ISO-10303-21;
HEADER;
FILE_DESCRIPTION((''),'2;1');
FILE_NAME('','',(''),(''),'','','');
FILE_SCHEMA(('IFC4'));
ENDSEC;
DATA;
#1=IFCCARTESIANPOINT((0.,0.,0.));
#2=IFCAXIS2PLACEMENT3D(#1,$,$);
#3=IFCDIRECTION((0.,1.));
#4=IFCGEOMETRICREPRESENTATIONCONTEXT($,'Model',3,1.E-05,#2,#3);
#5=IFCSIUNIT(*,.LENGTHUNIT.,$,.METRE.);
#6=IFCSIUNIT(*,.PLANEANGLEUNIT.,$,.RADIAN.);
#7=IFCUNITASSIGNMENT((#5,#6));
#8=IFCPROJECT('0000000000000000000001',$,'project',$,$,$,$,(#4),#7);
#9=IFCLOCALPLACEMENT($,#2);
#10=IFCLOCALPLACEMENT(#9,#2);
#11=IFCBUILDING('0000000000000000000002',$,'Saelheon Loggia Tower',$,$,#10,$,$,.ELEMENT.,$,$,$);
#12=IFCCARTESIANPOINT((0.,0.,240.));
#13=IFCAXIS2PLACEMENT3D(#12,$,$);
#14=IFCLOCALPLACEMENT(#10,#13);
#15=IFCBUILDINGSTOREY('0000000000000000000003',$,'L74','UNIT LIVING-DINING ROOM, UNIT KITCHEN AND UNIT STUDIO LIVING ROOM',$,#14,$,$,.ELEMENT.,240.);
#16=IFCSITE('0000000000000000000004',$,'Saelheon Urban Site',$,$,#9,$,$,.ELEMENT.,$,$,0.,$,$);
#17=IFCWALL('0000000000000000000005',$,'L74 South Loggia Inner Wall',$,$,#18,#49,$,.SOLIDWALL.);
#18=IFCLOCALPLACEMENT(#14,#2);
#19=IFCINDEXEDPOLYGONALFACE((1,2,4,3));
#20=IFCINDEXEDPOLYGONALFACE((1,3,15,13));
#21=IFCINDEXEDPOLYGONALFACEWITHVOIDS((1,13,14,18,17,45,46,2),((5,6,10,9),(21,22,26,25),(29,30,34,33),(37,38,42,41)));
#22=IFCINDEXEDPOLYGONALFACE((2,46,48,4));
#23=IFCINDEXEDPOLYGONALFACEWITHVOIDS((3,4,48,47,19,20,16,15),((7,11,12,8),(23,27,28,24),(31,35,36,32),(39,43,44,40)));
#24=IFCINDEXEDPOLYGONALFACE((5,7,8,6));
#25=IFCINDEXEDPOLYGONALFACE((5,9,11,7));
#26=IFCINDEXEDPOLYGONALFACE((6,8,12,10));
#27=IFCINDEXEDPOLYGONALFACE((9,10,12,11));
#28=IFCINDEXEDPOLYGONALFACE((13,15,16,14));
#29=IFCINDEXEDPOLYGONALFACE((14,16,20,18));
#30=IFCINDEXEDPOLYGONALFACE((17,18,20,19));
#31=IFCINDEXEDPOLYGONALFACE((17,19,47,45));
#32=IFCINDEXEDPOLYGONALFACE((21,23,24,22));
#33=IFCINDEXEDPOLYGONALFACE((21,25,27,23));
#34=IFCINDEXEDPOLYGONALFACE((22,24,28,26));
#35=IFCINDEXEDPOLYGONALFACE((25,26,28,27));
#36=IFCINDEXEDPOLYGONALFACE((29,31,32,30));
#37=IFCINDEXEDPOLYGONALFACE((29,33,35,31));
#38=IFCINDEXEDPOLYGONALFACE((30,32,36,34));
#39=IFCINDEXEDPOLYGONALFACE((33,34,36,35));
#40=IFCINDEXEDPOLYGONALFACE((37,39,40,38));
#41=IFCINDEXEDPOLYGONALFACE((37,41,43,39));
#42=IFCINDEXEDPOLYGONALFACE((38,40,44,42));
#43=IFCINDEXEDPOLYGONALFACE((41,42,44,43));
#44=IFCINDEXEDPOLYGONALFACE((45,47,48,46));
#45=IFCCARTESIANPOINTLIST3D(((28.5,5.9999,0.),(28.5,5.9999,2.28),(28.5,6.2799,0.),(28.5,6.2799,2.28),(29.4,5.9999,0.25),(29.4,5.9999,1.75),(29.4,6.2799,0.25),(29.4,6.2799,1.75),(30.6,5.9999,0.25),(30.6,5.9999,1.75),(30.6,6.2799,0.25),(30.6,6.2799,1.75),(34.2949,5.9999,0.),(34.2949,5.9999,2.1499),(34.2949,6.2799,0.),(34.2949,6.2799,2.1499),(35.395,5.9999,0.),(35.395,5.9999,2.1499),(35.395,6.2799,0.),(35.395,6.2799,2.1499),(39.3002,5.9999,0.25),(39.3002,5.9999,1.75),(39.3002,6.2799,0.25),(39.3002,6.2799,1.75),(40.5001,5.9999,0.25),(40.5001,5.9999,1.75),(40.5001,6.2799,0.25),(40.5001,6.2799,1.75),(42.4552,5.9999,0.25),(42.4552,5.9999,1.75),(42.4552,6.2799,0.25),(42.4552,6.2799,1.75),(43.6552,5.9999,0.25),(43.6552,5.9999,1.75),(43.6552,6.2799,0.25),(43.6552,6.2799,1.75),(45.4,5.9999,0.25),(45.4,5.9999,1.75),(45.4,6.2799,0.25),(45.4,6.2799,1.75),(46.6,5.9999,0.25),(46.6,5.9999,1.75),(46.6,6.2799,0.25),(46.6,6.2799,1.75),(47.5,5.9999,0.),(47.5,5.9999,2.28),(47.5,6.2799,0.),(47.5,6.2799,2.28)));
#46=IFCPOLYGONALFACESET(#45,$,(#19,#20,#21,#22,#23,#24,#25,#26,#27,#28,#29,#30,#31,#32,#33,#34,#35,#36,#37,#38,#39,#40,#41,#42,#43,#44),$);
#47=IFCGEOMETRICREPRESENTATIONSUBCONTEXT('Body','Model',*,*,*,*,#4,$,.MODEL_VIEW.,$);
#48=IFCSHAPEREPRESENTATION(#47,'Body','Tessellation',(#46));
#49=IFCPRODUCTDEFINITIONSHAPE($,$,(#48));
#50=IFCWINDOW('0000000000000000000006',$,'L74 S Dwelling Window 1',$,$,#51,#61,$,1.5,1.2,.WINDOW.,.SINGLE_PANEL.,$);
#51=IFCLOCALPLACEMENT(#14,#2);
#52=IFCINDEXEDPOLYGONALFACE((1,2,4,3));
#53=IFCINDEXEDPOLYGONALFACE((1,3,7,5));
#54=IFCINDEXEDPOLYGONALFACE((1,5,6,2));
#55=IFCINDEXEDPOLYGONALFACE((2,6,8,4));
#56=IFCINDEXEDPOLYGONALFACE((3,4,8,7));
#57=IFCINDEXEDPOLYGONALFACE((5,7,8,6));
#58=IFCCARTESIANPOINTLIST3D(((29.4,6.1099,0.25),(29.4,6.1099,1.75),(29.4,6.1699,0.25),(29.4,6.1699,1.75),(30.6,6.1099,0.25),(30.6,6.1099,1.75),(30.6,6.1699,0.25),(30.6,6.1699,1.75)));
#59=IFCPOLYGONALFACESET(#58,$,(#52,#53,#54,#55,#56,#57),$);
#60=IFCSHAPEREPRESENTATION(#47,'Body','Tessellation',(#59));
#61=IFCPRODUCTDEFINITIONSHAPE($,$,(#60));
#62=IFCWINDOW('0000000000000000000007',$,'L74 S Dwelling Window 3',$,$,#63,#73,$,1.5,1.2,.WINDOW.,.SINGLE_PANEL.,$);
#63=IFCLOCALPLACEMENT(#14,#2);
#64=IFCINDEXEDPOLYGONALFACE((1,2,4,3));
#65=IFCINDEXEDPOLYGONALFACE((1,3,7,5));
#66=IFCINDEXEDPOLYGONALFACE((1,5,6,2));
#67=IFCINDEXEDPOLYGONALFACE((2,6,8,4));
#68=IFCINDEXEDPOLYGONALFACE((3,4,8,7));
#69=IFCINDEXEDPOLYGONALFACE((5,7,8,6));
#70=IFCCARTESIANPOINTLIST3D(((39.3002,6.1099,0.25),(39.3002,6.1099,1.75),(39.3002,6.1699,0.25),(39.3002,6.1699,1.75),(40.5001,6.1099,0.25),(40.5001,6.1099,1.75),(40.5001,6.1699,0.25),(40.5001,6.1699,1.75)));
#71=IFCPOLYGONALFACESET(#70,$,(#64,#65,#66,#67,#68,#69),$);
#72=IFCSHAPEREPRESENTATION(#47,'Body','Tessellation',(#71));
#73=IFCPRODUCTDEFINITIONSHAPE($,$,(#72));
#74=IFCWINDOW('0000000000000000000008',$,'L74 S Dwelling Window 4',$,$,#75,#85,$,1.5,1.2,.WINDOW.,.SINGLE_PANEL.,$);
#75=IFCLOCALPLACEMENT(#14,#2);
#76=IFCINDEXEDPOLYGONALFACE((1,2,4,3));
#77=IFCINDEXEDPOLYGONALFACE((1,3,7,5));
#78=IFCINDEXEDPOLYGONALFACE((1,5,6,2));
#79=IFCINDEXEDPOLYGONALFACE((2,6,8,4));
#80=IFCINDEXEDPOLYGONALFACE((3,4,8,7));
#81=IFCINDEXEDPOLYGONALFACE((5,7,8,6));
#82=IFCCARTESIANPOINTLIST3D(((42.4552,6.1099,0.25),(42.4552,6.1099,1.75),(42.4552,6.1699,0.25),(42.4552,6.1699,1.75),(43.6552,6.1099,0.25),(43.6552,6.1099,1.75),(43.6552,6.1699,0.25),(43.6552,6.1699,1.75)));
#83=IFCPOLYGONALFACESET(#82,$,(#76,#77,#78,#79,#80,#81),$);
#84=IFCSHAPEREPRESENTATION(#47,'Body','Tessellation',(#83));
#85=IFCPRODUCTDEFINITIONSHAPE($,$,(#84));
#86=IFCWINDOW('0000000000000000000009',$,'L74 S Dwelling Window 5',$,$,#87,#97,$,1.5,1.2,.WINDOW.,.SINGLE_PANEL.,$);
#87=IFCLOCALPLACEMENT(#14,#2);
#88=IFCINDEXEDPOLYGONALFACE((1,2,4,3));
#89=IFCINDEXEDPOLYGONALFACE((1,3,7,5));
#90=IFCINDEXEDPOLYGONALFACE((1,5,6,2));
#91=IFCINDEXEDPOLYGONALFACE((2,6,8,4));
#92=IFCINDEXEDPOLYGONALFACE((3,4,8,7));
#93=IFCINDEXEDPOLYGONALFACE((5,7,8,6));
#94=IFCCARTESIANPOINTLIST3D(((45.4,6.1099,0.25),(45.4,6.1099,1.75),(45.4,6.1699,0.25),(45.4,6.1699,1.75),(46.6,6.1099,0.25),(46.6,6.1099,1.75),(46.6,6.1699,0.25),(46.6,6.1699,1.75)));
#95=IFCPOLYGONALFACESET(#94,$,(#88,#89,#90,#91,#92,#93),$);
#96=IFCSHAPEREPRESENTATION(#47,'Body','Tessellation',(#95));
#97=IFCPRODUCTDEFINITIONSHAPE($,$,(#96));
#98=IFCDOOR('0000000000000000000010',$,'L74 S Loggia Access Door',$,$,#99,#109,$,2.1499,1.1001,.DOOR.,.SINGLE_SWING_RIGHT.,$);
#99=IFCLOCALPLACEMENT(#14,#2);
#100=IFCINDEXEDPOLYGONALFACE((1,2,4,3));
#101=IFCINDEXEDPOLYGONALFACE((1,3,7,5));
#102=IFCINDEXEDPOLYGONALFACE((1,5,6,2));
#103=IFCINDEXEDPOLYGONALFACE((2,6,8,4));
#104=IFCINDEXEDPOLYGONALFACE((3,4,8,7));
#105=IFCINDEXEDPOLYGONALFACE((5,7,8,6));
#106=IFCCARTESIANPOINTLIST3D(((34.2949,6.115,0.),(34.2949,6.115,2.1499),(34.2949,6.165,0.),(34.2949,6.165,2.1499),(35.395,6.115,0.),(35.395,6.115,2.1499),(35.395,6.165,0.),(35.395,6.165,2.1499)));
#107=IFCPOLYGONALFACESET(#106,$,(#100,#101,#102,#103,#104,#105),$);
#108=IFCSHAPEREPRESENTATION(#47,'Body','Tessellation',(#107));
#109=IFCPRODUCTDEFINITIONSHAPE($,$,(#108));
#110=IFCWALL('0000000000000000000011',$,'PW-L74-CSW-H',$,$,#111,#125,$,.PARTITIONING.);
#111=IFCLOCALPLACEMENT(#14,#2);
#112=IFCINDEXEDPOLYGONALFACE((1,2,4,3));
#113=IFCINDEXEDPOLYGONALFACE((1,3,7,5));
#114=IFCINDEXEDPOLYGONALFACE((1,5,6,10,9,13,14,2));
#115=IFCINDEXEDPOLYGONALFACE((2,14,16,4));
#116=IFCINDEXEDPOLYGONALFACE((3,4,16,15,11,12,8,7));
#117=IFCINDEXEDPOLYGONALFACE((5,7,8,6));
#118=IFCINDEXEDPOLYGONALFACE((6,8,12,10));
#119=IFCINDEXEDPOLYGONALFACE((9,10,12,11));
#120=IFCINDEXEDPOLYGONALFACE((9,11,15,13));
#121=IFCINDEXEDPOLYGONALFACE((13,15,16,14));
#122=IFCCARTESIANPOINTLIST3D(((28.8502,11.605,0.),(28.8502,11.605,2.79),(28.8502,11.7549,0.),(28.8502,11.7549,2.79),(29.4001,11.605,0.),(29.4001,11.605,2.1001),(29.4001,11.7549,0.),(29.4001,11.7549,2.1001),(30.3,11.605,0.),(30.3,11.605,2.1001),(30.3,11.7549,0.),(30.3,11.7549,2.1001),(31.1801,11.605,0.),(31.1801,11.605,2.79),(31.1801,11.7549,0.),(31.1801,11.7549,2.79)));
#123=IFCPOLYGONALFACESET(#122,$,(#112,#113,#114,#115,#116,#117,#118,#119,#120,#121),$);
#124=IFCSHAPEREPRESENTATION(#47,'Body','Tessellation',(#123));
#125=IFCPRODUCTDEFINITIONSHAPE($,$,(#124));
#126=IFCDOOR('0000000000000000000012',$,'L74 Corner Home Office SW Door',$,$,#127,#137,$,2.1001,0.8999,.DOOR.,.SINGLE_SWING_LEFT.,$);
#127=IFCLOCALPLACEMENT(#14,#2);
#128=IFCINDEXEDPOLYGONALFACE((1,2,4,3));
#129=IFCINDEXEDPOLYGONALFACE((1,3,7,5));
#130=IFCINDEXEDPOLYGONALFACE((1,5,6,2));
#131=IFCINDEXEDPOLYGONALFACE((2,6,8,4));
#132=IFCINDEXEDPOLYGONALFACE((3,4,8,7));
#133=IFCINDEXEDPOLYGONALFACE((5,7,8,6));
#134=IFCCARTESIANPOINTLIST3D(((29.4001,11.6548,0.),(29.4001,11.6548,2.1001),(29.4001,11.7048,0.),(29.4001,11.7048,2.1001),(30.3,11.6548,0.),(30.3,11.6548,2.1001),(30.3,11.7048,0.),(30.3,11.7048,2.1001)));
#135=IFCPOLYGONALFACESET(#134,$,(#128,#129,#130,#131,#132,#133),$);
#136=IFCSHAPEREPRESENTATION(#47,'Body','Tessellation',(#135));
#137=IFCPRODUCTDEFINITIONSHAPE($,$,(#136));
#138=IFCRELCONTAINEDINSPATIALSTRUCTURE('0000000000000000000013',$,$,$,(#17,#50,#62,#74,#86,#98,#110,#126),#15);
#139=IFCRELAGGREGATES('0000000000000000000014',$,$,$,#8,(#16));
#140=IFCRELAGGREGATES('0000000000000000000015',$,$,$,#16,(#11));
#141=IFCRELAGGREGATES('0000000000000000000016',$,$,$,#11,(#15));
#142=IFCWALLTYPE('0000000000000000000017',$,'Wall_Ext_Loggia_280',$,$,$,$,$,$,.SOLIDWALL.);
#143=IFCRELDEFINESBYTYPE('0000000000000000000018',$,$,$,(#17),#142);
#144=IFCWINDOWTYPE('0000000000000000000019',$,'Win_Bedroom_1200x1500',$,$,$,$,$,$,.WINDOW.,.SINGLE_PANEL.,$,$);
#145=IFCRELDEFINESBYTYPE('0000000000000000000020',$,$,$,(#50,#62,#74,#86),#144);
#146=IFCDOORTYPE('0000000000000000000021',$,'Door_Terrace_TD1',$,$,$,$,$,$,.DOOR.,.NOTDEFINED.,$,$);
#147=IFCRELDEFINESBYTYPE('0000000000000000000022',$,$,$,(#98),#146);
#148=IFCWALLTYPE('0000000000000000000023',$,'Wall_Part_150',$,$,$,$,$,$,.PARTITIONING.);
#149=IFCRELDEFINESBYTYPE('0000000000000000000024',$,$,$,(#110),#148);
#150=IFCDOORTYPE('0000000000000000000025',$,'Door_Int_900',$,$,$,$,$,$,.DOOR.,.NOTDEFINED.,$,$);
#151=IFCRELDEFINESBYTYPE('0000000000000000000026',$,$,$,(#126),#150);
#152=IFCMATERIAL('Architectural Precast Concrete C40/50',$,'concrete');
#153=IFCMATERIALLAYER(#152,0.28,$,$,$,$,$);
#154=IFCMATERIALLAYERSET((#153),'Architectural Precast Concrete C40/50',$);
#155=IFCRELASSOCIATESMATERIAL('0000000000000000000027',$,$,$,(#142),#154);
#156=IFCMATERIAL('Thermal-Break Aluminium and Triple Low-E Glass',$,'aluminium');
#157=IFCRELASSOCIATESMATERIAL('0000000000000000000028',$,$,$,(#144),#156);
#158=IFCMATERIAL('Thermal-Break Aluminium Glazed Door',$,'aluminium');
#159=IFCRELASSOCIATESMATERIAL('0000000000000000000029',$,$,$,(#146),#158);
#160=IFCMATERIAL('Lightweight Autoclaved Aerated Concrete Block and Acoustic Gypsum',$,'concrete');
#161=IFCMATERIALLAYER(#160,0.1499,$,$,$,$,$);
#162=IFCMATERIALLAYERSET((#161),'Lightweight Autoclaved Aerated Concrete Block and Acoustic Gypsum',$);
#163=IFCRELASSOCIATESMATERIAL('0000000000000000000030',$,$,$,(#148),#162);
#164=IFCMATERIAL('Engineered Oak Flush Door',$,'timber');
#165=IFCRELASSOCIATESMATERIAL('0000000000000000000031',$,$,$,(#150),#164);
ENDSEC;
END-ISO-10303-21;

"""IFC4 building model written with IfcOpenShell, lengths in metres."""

from ifc_helpers import new_model, si_unit, direction, frame, frame_2d, origin, place, context, subcontext, project, spatial, rectangle, extrude, source, transform, mapped, material, layer, layer_set, type_object, element, fill, save


model = new_model("IFC4")

# Units and contexts
model_context = context("Model", 3, precision=1e-05, world=origin(), true_north=direction((0.0, 1.0)))
body_context = subcontext(model_context, "Body", "Model", "MODEL_VIEW")
ifc_project = project(units=[si_unit("LENGTHUNIT", "METRE"), si_unit("PLANEANGLEUNIT", "RADIAN")], contexts=[model_context])

# Site, building, storey
site_placement = place(None, origin())
site = spatial("IfcSite", under=ifc_project, at=site_placement, Name="Saelheon Urban Site", CompositionType="ELEMENT", RefElevation=0.0)
building_placement = place(site_placement, origin())
building = spatial("IfcBuilding", under=site, at=building_placement, Name="Saelheon Loggia Tower", CompositionType="ELEMENT")
storey_placement = place(building_placement, frame((0.0, 0.0, 240.0)))
storey = spatial("IfcBuildingStorey", under=building, at=storey_placement, Name="L74", Description="UNIT LIVING-DINING ROOM, UNIT KITCHEN AND UNIT STUDIO LIVING ROOM", CompositionType="ELEMENT", Elevation=240.0)

# Wall, openings, windows, door
ifc_material_1 = material(Name="Architectural Precast Concrete C40/50", Category="concrete")
ifc_layer_1 = layer(ifc_material_1, 0.28)
ifc_layer_set_1 = layer_set([ifc_layer_1], Name="Architectural Precast Concrete C40/50")
wall_type_1 = type_object("IfcWallType", Name="Wall_Ext_Loggia_280", PredefinedType="SOLIDWALL", material=ifc_layer_set_1)
wall_1_placement = place(storey_placement, frame((28.5, 6.1399, 0.0), z_axis=(0.0, 0.0, 1.0), x_axis=(1.0, 0.0, 0.0)))
wall_1 = element("IfcWall", 1, at=wall_1_placement, inside=storey, type_object=wall_type_1, Name="L74 South Loggia Inner Wall", PredefinedType="SOLIDWALL", context=body_context, shape_type="SweptSolid", body=[
    extrude(rectangle(XDim=19.0, YDim=0.28, at=frame_2d((9.5, 0.0))), origin(), (0.0, 0.0, 1.0), 2.28),
])
opening_1_placement = place(wall_1_placement, frame((0.8999, 0.0, 0.25)))
opening_1 = element("IfcOpeningElement", 2, at=opening_1_placement, cuts=wall_1, PredefinedType="OPENING", context=body_context, shape_type="SweptSolid", body=[
    extrude(rectangle(XDim=1.2, YDim=1.5, at=frame_2d((0.6001, 0.75))), frame((0.0, 0.1521, 0.0), z_axis=(0.0, -1.0, 0.0), x_axis=(1.0, 0.0, 0.0)), (0.0, 0.0, 1.0), 0.304),
])
opening_2_placement = place(wall_1_placement, frame((6.895, 0.0, 0.0), z_axis=(0.0, 0.0, 1.0), x_axis=(-1.0, 0.0, 0.0)))
opening_2 = element("IfcOpeningElement", 3, at=opening_2_placement, cuts=wall_1, PredefinedType="OPENING", context=body_context, shape_type="SweptSolid", body=[
    extrude(rectangle(XDim=1.1001, YDim=2.1499, at=frame_2d((0.55, 1.075))), frame((0.0, 0.1521, 0.0), z_axis=(0.0, -1.0, 0.0), x_axis=(1.0, 0.0, 0.0)), (0.0, 0.0, 1.0), 0.304),
])
opening_3_placement = place(wall_1_placement, frame((10.8, 0.0, 0.25)))
opening_3 = element("IfcOpeningElement", 4, at=opening_3_placement, cuts=wall_1, PredefinedType="OPENING", context=body_context, shape_type="SweptSolid", body=[
    extrude(rectangle(XDim=1.2, YDim=1.5, at=frame_2d((0.6001, 0.75))), frame((0.0, 0.1521, 0.0), z_axis=(0.0, -1.0, 0.0), x_axis=(1.0, 0.0, 0.0)), (0.0, 0.0, 1.0), 0.304),
])
opening_4_placement = place(wall_1_placement, frame((13.9551, 0.0, 0.25)))
opening_4 = element("IfcOpeningElement", 5, at=opening_4_placement, cuts=wall_1, PredefinedType="OPENING", context=body_context, shape_type="SweptSolid", body=[
    extrude(rectangle(XDim=1.2, YDim=1.5, at=frame_2d((0.6001, 0.75))), frame((0.0, 0.1521, 0.0), z_axis=(0.0, -1.0, 0.0), x_axis=(1.0, 0.0, 0.0)), (0.0, 0.0, 1.0), 0.304),
])
opening_5_placement = place(wall_1_placement, frame((16.8999, 0.0, 0.25)))
opening_5 = element("IfcOpeningElement", 6, at=opening_5_placement, cuts=wall_1, PredefinedType="OPENING", context=body_context, shape_type="SweptSolid", body=[
    extrude(rectangle(XDim=1.2, YDim=1.5, at=frame_2d((0.6001, 0.75))), frame((0.0, 0.1521, 0.0), z_axis=(0.0, -1.0, 0.0), x_axis=(1.0, 0.0, 0.0)), (0.0, 0.0, 1.0), 0.304),
])
ifc_material_2 = material(Name="Thermal-Break Aluminium and Triple Low-E Glass", Category="aluminium")
window_type = type_object("IfcWindowType", Name="Win_Bedroom_1200x1500", PartitioningType="SINGLE_PANEL", PredefinedType="WINDOW", material=ifc_material_2)
shared_shape_1 = source(origin(), body_context, "Body", "SweptSolid", [
    extrude(rectangle(XDim=1.2, YDim=1.5, at=frame_2d((0.6001, 0.75))), frame((0.0, 0.03, 0.0), z_axis=(0.0, -1.0, 0.0), x_axis=(1.0, 0.0, 0.0)), (0.0, 0.0, 1.0), 0.0601),
])
window_1_placement = place(opening_1_placement, origin())
window_1 = element("IfcWindow", 7, at=window_1_placement, inside=storey, type_object=window_type, Name="L74 S Dwelling Window 1", OverallHeight=1.5, OverallWidth=1.2, PartitioningType="SINGLE_PANEL", PredefinedType="WINDOW", context=body_context, shape_type="MappedRepresentation", body=[
    mapped(shared_shape_1, transform((0.0, 0.0, 0.0), scale=1.0)),
])
fill(opening_1, window_1)
window_2_placement = place(opening_3_placement, origin())
window_2 = element("IfcWindow", 8, at=window_2_placement, inside=storey, type_object=window_type, Name="L74 S Dwelling Window 3", OverallHeight=1.5, OverallWidth=1.2, PartitioningType="SINGLE_PANEL", PredefinedType="WINDOW", context=body_context, shape_type="MappedRepresentation", body=[
    mapped(shared_shape_1, transform((0.0, 0.0, 0.0), scale=1.0)),
])
fill(opening_3, window_2)
window_3_placement = place(opening_4_placement, origin())
window_3 = element("IfcWindow", 9, at=window_3_placement, inside=storey, type_object=window_type, Name="L74 S Dwelling Window 4", OverallHeight=1.5, OverallWidth=1.2, PartitioningType="SINGLE_PANEL", PredefinedType="WINDOW", context=body_context, shape_type="MappedRepresentation", body=[
    mapped(shared_shape_1, transform((0.0, 0.0, 0.0), scale=1.0)),
])
fill(opening_4, window_3)
window_4_placement = place(opening_5_placement, origin())
window_4 = element("IfcWindow", 10, at=window_4_placement, inside=storey, type_object=window_type, Name="L74 S Dwelling Window 5", OverallHeight=1.5, OverallWidth=1.2, PartitioningType="SINGLE_PANEL", PredefinedType="WINDOW", context=body_context, shape_type="MappedRepresentation", body=[
    mapped(shared_shape_1, transform((0.0, 0.0, 0.0), scale=1.0)),
])
fill(opening_5, window_4)
ifc_material_3 = material(Name="Thermal-Break Aluminium Glazed Door", Category="aluminium")
door_type_1 = type_object("IfcDoorType", Name="Door_Terrace_TD1", OperationType="NOTDEFINED", PredefinedType="DOOR", material=ifc_material_3)
shared_shape_2 = source(origin(), body_context, "Body", "SweptSolid", [
    extrude(rectangle(XDim=1.1001, YDim=2.1499, at=frame_2d((0.55, 1.075))), frame((0.0, 0.0249, 0.0), z_axis=(0.0, -1.0, 0.0), x_axis=(1.0, 0.0, 0.0)), (0.0, 0.0, 1.0), 0.05),
])
door_1_placement = place(opening_2_placement, origin())
door_1 = element("IfcDoor", 11, at=door_1_placement, inside=storey, type_object=door_type_1, Name="L74 S Loggia Access Door", OperationType="SINGLE_SWING_RIGHT", OverallHeight=2.1499, OverallWidth=1.1001, PredefinedType="DOOR", context=body_context, shape_type="MappedRepresentation", body=[
    mapped(shared_shape_2, transform((0.0, 0.0, 0.0), scale=1.0)),
])
fill(opening_2, door_1)

# Wall, opening, door
ifc_material_4 = material(Name="Lightweight Autoclaved Aerated Concrete Block and Acoustic Gypsum", Category="concrete")
ifc_layer_2 = layer(ifc_material_4, 0.1499)
ifc_layer_set_2 = layer_set([ifc_layer_2], Name="Lightweight Autoclaved Aerated Concrete Block and Acoustic Gypsum")
wall_type_2 = type_object("IfcWallType", Name="Wall_Part_150", PredefinedType="PARTITIONING", material=ifc_layer_set_2)
wall_2_placement = place(storey_placement, frame((28.8501, 11.6799, 0.0), z_axis=(0.0, 0.0, 1.0), x_axis=(1.0, 0.0, 0.0)))
wall_2 = element("IfcWall", 12, at=wall_2_placement, inside=storey, type_object=wall_type_2, Name="PW-L74-CSW-H", PredefinedType="PARTITIONING", context=body_context, shape_type="SweptSolid", body=[
    extrude(rectangle(XDim=2.3298, YDim=0.1499, at=frame_2d((1.165, 0.0))), origin(), (0.0, 0.0, 1.0), 2.79),
])
opening_6_placement = place(wall_2_placement, frame((0.55, 0.0, 0.0)))
opening_6 = element("IfcOpeningElement", 13, at=opening_6_placement, cuts=wall_2, PredefinedType="OPENING", context=body_context, shape_type="SweptSolid", body=[
    extrude(rectangle(XDim=0.8999, YDim=2.1001, at=frame_2d((0.45, 1.05))), frame((0.0, 0.0869, 0.0), z_axis=(0.0, -1.0, 0.0), x_axis=(1.0, 0.0, 0.0)), (0.0, 0.0, 1.0), 0.1738),
])
ifc_material_5 = material(Name="Engineered Oak Flush Door", Category="timber")
door_type_2 = type_object("IfcDoorType", Name="Door_Int_900", OperationType="NOTDEFINED", PredefinedType="DOOR", material=ifc_material_5)
shared_shape_3 = source(origin(), body_context, "Body", "SweptSolid", [
    extrude(rectangle(XDim=0.8999, YDim=2.1001, at=frame_2d((0.45, 1.05))), frame((0.0, 0.0249, 0.0), z_axis=(0.0, -1.0, 0.0), x_axis=(1.0, 0.0, 0.0)), (0.0, 0.0, 1.0), 0.05),
])
door_2_placement = place(opening_6_placement, origin())
door_2 = element("IfcDoor", 14, at=door_2_placement, inside=storey, type_object=door_type_2, Name="L74 Corner Home Office SW Door", OperationType="SINGLE_SWING_LEFT", OverallHeight=2.1001, OverallWidth=0.8999, PredefinedType="DOOR", context=body_context, shape_type="MappedRepresentation", body=[
    mapped(shared_shape_3, transform((0.0, 0.0, 0.0), scale=1.0)),
])
fill(opening_6, door_2)

save(model, "model.ifc")
